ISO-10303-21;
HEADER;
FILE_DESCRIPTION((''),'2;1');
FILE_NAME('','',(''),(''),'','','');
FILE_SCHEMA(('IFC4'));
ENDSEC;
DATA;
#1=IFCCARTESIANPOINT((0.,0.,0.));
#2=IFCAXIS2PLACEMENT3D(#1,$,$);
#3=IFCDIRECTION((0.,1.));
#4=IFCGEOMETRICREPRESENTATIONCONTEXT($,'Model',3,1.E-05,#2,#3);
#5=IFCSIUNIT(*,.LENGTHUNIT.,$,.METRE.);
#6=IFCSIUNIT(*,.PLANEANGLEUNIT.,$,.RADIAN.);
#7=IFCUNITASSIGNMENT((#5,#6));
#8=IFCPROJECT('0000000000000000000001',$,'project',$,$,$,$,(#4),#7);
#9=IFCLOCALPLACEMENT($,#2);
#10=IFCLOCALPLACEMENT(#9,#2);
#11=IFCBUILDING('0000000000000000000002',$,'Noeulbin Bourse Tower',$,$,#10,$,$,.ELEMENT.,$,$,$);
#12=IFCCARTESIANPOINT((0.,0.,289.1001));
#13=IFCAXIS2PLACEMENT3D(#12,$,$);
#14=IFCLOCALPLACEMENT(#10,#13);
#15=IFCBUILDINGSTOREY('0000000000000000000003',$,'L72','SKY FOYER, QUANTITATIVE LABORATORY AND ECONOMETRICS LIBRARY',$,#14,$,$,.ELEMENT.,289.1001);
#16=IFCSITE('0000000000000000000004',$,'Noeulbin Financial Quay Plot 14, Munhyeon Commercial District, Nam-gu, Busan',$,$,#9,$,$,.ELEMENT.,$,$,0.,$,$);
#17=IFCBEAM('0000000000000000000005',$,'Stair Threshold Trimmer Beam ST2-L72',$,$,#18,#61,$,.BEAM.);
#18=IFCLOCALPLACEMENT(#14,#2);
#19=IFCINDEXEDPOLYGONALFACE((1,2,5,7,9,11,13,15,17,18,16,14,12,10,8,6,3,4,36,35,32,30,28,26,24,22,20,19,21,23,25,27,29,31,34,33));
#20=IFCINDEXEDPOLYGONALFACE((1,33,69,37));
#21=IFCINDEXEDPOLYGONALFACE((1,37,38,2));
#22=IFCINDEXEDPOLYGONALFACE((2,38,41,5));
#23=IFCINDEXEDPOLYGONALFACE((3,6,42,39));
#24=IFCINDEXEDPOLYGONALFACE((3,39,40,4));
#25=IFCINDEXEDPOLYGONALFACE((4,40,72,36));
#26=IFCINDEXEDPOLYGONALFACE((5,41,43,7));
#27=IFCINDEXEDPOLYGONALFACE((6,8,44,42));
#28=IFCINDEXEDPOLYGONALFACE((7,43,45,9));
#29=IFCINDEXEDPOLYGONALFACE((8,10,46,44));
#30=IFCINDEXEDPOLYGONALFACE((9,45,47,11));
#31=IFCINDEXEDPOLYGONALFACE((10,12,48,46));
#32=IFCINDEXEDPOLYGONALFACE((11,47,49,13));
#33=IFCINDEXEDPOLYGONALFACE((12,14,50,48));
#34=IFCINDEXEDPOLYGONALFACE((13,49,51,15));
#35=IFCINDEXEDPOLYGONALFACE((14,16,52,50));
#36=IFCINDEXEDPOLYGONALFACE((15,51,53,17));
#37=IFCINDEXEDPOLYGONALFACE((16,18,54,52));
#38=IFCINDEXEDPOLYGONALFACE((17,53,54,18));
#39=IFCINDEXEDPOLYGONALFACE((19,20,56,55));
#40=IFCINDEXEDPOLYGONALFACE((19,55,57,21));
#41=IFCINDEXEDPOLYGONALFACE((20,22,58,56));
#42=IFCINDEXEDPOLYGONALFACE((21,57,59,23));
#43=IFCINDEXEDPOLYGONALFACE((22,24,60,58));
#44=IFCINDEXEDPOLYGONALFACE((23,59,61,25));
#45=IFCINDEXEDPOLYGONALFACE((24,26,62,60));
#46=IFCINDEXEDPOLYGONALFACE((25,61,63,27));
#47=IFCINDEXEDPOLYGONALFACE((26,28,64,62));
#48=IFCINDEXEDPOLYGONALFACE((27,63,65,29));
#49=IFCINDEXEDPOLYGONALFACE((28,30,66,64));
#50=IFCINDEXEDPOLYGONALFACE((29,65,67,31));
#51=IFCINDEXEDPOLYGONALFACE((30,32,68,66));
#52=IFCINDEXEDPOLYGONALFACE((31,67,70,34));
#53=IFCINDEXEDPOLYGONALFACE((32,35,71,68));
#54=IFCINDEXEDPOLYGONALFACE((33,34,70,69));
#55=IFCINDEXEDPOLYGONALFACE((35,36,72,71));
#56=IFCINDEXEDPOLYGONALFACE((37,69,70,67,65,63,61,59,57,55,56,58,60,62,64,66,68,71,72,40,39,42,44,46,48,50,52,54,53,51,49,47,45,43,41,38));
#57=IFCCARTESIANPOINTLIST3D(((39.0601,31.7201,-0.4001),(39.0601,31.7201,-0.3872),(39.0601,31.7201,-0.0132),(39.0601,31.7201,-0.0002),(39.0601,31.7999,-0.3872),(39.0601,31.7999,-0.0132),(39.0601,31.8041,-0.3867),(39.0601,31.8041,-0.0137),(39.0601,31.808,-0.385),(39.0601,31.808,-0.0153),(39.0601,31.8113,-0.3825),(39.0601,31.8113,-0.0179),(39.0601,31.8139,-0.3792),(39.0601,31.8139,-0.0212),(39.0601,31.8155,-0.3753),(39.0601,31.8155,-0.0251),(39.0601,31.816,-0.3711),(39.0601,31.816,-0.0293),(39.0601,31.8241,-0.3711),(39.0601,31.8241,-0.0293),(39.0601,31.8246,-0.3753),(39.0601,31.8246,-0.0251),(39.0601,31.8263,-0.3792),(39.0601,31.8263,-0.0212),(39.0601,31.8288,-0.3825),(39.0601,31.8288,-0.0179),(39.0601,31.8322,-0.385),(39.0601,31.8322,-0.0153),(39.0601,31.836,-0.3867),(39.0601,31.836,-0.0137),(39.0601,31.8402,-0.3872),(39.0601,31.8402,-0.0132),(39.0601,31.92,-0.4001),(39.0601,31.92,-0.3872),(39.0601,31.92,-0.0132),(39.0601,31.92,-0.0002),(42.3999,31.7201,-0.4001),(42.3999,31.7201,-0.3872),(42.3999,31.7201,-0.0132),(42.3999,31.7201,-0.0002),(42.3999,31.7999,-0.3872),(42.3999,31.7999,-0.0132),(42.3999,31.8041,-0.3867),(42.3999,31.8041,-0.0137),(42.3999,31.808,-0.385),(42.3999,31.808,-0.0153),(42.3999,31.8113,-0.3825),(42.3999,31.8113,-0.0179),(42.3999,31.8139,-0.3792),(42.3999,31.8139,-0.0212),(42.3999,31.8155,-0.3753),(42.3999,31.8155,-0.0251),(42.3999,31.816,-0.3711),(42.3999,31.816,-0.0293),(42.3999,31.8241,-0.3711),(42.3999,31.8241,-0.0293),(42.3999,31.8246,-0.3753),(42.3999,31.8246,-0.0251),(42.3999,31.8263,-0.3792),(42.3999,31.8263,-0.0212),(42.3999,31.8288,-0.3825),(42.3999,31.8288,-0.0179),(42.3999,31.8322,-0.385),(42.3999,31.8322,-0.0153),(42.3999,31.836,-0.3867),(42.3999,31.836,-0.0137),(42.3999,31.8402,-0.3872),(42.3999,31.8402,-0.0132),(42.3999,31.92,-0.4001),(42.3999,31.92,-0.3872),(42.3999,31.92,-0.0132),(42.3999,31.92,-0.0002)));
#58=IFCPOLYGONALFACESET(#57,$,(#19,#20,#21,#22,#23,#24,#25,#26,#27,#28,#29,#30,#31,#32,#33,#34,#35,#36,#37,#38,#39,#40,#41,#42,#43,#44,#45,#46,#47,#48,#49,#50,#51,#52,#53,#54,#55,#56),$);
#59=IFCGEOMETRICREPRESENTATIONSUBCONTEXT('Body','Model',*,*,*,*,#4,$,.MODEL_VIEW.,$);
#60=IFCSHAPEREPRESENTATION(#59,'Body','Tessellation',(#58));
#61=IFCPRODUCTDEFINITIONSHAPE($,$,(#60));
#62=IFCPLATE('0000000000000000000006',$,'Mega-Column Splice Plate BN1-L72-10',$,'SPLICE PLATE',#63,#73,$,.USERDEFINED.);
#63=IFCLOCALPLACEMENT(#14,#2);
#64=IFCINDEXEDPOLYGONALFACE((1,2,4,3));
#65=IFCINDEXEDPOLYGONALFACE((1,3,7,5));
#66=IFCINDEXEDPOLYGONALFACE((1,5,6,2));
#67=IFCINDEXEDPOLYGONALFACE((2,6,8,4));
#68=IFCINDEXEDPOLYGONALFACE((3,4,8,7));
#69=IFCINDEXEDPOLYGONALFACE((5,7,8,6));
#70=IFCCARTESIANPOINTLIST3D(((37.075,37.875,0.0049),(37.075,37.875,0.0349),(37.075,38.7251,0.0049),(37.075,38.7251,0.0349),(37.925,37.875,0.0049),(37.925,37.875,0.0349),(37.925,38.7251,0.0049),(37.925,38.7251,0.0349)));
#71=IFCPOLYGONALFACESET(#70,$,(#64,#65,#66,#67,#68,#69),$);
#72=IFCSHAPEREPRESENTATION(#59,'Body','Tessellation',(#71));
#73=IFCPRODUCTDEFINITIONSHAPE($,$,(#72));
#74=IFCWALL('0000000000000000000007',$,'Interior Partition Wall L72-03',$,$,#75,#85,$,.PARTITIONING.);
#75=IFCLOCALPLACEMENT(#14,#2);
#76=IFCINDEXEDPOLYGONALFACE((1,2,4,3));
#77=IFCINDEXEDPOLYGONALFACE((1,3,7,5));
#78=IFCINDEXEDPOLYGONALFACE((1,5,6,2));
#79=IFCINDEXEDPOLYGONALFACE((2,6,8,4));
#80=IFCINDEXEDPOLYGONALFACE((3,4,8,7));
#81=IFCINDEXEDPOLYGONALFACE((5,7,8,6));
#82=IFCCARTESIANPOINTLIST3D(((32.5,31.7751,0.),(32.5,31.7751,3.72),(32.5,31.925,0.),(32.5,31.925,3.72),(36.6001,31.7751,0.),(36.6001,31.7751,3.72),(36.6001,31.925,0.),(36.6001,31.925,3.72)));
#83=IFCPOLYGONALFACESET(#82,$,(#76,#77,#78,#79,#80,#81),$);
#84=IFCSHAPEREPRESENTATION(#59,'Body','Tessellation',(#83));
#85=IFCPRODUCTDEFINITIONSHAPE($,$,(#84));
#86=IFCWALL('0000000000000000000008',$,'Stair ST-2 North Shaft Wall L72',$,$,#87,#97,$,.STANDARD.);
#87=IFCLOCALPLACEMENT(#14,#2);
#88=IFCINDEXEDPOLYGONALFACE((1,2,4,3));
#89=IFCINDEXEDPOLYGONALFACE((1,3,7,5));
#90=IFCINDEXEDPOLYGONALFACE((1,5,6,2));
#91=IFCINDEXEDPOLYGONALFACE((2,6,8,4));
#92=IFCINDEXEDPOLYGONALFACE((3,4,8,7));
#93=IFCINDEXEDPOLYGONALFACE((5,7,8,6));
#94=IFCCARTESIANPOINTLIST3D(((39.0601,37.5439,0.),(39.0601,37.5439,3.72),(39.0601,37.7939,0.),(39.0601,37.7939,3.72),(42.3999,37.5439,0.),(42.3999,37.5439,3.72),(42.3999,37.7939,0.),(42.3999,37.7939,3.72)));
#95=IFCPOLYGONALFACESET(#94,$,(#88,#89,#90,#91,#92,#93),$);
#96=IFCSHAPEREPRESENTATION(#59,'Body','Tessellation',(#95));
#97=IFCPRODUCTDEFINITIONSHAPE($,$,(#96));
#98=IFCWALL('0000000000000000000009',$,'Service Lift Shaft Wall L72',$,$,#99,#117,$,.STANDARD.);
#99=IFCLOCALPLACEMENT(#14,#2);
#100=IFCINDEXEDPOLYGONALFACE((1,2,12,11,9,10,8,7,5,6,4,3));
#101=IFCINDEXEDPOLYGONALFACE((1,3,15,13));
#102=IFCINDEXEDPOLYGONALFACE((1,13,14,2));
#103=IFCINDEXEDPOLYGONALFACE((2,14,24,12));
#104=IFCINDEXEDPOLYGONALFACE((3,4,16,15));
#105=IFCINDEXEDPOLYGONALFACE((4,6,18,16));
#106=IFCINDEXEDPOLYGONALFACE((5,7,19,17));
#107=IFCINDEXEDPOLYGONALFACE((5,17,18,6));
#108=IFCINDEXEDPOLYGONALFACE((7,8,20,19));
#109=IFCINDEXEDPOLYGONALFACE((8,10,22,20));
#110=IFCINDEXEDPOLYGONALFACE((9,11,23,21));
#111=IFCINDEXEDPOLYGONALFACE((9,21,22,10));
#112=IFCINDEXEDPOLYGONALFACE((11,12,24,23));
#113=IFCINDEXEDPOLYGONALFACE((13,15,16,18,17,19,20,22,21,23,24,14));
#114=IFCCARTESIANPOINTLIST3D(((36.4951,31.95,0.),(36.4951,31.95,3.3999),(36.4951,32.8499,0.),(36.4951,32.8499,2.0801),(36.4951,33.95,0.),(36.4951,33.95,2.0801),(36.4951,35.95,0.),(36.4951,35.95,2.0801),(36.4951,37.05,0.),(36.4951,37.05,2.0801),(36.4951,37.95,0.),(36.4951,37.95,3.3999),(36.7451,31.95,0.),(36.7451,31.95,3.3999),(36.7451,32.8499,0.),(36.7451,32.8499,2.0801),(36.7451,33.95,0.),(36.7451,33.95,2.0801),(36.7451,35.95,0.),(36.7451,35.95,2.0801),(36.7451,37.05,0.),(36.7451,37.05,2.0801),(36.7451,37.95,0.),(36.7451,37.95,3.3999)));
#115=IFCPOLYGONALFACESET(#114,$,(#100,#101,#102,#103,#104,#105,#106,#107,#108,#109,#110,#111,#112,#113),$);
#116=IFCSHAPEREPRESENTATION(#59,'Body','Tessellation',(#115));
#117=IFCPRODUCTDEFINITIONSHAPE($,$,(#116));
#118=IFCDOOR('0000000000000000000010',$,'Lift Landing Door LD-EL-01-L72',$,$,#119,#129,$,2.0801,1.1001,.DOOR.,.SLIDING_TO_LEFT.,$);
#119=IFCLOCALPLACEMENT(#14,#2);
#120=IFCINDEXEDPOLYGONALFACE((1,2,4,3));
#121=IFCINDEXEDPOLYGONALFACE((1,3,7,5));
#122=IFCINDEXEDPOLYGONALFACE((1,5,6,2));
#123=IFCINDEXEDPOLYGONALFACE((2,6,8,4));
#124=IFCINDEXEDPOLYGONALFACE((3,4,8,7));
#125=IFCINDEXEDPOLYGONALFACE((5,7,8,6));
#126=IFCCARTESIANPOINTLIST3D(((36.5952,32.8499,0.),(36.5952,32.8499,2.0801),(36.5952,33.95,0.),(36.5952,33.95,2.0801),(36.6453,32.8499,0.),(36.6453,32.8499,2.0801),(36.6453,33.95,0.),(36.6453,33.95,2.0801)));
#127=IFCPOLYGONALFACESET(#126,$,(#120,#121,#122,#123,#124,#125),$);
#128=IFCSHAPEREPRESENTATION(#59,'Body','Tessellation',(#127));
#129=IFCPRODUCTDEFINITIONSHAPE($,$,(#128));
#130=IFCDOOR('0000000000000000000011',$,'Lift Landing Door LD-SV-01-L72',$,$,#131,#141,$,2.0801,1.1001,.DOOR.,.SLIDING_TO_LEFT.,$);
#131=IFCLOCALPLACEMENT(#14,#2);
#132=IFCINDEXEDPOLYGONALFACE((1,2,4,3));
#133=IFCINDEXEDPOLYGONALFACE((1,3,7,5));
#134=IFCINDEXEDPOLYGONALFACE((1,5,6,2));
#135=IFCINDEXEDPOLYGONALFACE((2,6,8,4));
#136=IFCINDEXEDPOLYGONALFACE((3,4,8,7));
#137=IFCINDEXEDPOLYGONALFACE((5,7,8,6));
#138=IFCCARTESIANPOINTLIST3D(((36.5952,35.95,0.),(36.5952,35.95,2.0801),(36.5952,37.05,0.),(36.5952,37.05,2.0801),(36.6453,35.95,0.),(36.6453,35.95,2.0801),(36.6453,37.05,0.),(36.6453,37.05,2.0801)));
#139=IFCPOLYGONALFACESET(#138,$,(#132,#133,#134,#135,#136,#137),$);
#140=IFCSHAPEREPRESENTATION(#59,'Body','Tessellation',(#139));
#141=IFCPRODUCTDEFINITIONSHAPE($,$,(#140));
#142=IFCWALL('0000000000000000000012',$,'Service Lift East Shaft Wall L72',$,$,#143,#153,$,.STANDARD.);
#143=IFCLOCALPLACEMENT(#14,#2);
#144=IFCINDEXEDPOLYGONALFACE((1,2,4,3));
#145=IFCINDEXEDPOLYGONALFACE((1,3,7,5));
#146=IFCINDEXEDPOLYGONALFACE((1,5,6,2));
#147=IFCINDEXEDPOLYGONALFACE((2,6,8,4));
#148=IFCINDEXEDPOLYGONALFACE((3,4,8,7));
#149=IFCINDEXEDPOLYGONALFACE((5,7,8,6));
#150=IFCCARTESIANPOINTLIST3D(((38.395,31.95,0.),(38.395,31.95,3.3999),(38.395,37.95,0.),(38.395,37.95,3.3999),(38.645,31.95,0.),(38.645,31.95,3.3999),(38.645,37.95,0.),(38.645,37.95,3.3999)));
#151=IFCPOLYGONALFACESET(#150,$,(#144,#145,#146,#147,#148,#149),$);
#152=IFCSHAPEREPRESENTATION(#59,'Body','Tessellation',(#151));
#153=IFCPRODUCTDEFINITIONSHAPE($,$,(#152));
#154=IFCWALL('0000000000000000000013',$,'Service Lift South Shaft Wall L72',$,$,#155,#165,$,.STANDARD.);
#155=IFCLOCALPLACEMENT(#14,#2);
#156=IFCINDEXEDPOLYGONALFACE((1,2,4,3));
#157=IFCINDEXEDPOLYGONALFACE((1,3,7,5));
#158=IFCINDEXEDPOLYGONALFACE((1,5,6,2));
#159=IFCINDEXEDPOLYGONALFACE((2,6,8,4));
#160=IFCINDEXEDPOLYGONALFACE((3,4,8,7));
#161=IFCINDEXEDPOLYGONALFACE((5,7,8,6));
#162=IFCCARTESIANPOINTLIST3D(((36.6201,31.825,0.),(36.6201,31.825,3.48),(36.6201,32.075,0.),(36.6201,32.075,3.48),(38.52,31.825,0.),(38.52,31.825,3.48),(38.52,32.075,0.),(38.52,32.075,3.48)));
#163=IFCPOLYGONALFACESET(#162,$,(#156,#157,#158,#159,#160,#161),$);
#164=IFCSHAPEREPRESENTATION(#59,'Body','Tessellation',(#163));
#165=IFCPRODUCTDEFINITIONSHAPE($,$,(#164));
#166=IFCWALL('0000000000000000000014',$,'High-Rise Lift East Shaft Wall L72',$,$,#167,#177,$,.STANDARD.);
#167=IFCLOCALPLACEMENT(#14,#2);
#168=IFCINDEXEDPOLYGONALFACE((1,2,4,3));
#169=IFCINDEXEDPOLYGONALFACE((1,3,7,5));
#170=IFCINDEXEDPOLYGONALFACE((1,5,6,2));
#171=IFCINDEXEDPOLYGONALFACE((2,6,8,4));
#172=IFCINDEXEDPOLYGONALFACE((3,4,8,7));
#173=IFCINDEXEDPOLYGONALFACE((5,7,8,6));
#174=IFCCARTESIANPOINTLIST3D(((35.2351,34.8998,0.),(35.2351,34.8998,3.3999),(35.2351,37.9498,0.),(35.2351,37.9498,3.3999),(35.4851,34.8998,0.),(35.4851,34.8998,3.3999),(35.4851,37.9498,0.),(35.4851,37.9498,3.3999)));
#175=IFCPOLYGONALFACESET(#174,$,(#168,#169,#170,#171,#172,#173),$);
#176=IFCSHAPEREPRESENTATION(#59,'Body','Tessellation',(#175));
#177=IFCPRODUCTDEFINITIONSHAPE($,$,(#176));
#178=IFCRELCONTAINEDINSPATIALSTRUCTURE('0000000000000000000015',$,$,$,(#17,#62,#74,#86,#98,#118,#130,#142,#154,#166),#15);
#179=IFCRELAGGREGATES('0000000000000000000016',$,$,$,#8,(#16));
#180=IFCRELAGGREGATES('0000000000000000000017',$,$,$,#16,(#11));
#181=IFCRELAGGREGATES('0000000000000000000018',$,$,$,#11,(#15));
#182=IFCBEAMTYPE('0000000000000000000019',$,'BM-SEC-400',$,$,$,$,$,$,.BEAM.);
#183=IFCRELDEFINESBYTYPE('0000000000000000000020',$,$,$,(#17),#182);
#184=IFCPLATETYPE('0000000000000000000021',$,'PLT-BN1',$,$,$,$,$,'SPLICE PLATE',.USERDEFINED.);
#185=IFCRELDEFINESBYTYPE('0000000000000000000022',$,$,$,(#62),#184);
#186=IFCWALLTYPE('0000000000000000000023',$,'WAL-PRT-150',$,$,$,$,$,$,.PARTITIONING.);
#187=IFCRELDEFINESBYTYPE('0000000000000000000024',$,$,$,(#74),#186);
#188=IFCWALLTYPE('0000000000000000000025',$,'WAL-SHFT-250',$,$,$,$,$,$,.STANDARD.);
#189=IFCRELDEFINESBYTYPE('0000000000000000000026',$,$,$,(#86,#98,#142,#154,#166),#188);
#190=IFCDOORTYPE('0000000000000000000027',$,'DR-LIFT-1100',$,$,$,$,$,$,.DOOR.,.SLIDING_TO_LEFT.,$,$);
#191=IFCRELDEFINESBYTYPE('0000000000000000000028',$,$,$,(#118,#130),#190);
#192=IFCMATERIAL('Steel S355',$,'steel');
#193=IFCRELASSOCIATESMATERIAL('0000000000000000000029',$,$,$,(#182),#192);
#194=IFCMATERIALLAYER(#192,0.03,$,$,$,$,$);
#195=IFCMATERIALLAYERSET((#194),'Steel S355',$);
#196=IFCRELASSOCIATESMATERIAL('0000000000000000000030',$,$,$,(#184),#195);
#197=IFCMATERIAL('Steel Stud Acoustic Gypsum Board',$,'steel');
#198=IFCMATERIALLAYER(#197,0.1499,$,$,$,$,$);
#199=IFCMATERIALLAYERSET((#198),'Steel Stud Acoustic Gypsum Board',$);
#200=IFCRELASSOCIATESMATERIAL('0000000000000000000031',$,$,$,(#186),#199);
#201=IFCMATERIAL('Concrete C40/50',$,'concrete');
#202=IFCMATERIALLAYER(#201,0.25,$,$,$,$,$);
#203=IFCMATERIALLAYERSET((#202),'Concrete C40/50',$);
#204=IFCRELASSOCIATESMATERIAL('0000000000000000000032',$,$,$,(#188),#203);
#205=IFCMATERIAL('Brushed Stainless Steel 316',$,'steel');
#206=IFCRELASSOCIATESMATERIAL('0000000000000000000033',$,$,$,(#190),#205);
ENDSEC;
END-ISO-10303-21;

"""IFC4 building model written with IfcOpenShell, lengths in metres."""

from ifc_helpers import new_model, si_unit, direction, frame, frame_2d, origin, origin_2d, place, context, subcontext, project, spatial, rectangle, i_section, extrude, material, layer, layer_set, material_profile, profile_set, type_object, element, fill, save


model = new_model("IFC4")

# Units and contexts
model_context = context("Model", 3, precision=1e-05, world=origin(), true_north=direction((0.0, 1.0)))
body_context = subcontext(model_context, "Body", "Model", "MODEL_VIEW")
ifc_project = project(units=[si_unit("LENGTHUNIT", "METRE"), si_unit("PLANEANGLEUNIT", "RADIAN")], contexts=[model_context])

# Site, building, storey
site_placement = place(None, origin())
site = spatial("IfcSite", under=ifc_project, at=site_placement, Name="Noeulbin Financial Quay Plot 14, Munhyeon Commercial District, Nam-gu, Busan", CompositionType="ELEMENT", RefElevation=0.0)
building_placement = place(site_placement, origin())
building = spatial("IfcBuilding", under=site, at=building_placement, Name="Noeulbin Bourse Tower", CompositionType="ELEMENT")
storey_placement = place(building_placement, frame((0.0, 0.0, 289.1001)))
storey = spatial("IfcBuildingStorey", under=building, at=storey_placement, Name="L72", Description="SKY FOYER, QUANTITATIVE LABORATORY AND ECONOMETRICS LIBRARY", CompositionType="ELEMENT", Elevation=289.1001)

# Shared definitions
ifc_material_1 = material(Name="Steel S355", Category="steel")

# Beam
ifc_material_profile_1 = material_profile(ifc_material_1, i_section(OverallWidth=0.2, OverallDepth=0.3999, WebThickness=0.0081, FlangeThickness=0.0129, FilletRadius=0.0161, at=origin_2d()), Name="H-400x200x8x13", Category="LoadBearing")
ifc_profile_set_1 = profile_set([ifc_material_profile_1], Name="Steel S355")
beam_type_1 = type_object("IfcBeamType", Name="BM-SEC-400", PredefinedType="BEAM", material=ifc_profile_set_1)
beam_1_placement = place(storey_placement, frame((39.0601, 31.8201, -0.2002), z_axis=(1.0, 0.0, 0.0), x_axis=(0.0, 1.0, 0.0)))
element("IfcBeam", 1, at=beam_1_placement, inside=storey, type_object=beam_type_1, Name="Stair Threshold Trimmer Beam ST2-L72", PredefinedType="BEAM", context=body_context, shape_type="SweptSolid", body=[
    extrude(i_section(OverallWidth=0.2, OverallDepth=0.3999, WebThickness=0.0081, FlangeThickness=0.0129, FilletRadius=0.0161, at=origin_2d()), origin(), (0.0, 0.0, 1.0), 3.3398),
])

# Plate
ifc_layer_1 = layer(ifc_material_1, 0.03)
ifc_layer_set_1 = layer_set([ifc_layer_1], Name="Steel S355")
plate_type = type_object("IfcPlateType", Name="PLT-BN1", ElementType="SPLICE PLATE", PredefinedType="USERDEFINED", material=ifc_layer_set_1)
plate_placement = place(storey_placement, frame((37.5, 38.3, 0.0049), z_axis=(0.0, 0.0, 1.0), x_axis=(1.0, 0.0, 0.0)))
element("IfcPlate", 2, at=plate_placement, inside=storey, type_object=plate_type, Name="Mega-Column Splice Plate BN1-L72-10", ObjectType="SPLICE PLATE", PredefinedType="USERDEFINED", context=body_context, shape_type="SweptSolid", body=[
    extrude(rectangle(XDim=0.8501, YDim=0.8501, at=origin_2d()), origin(), (0.0, 0.0, 1.0), 0.03),
])

# Walls
ifc_material_2 = material(Name="Steel Stud Acoustic Gypsum Board", Category="steel")
ifc_layer_2 = layer(ifc_material_2, 0.1499)
ifc_layer_set_2 = layer_set([ifc_layer_2], Name="Steel Stud Acoustic Gypsum Board")
wall_type_1 = type_object("IfcWallType", Name="WAL-PRT-150", PredefinedType="PARTITIONING", material=ifc_layer_set_2)
wall_1_placement = place(storey_placement, frame((32.5, 31.8501, 0.0), z_axis=(0.0, 0.0, 1.0), x_axis=(1.0, 0.0, 0.0)))
element("IfcWall", 3, at=wall_1_placement, inside=storey, type_object=wall_type_1, Name="Interior Partition Wall L72-03", PredefinedType="PARTITIONING", context=body_context, shape_type="SweptSolid", body=[
    extrude(rectangle(XDim=4.1001, YDim=0.1499, at=frame_2d((2.05, 0.0))), origin(), (0.0, 0.0, 1.0), 3.72),
])
ifc_material_3 = material(Name="Concrete C40/50", Category="concrete")
ifc_layer_3 = layer(ifc_material_3, 0.25)
ifc_layer_set_3 = layer_set([ifc_layer_3], Name="Concrete C40/50")
wall_type_2 = type_object("IfcWallType", Name="WAL-SHFT-250", PredefinedType="STANDARD", material=ifc_layer_set_3)
wall_2_placement = place(storey_placement, frame((39.0601, 37.6689, 0.0), z_axis=(0.0, 0.0, 1.0), x_axis=(1.0, 0.0, 0.0)))
element("IfcWall", 4, at=wall_2_placement, inside=storey, type_object=wall_type_2, Name="Stair ST-2 North Shaft Wall L72", PredefinedType="STANDARD", context=body_context, shape_type="SweptSolid", body=[
    extrude(rectangle(XDim=3.3398, YDim=0.25, at=frame_2d((1.6699, 0.0))), origin(), (0.0, 0.0, 1.0), 3.72),
])

# Wall, openings, doors
wall_3_placement = place(storey_placement, frame((36.6201, 31.95, 0.0), z_axis=(0.0, 0.0, 1.0), x_axis=(0.0, 1.0, 0.0)))
wall_3 = element("IfcWall", 5, at=wall_3_placement, inside=storey, type_object=wall_type_2, Name="Service Lift Shaft Wall L72", PredefinedType="STANDARD", context=body_context, shape_type="SweptSolid", body=[
    extrude(rectangle(XDim=6.0, YDim=0.25, at=frame_2d((3.0, 0.0))), origin(), (0.0, 0.0, 1.0), 3.3999),
])
opening_1_placement = place(wall_3_placement, frame((0.8999, 0.0, 0.0)))
opening_1 = element("IfcOpeningElement", 6, at=opening_1_placement, cuts=wall_3, PredefinedType="OPENING", context=body_context, shape_type="SweptSolid", body=[
    extrude(rectangle(XDim=1.1001, YDim=2.0801, at=frame_2d((0.55, 1.04))), frame((0.0, 0.135, 0.0), z_axis=(0.0, -1.0, 0.0), x_axis=(1.0, 0.0, 0.0)), (0.0, 0.0, 1.0), 0.27),
])
opening_2_placement = place(wall_3_placement, frame((4.0, 0.0, 0.0)))
opening_2 = element("IfcOpeningElement", 7, at=opening_2_placement, cuts=wall_3, PredefinedType="OPENING", context=body_context, shape_type="SweptSolid", body=[
    extrude(rectangle(XDim=1.1001, YDim=2.0801, at=frame_2d((0.55, 1.04))), frame((0.0, 0.135, 0.0), z_axis=(0.0, -1.0, 0.0), x_axis=(1.0, 0.0, 0.0)), (0.0, 0.0, 1.0), 0.27),
])
ifc_material_4 = material(Name="Brushed Stainless Steel 316", Category="steel")
door_type_1 = type_object("IfcDoorType", Name="DR-LIFT-1100", OperationType="SLIDING_TO_LEFT", PredefinedType="DOOR", material=ifc_material_4)
door_1_placement = place(opening_1_placement, origin())
door_1 = element("IfcDoor", 8, at=door_1_placement, inside=storey, type_object=door_type_1, Name="Lift Landing Door LD-EL-01-L72", OperationType="SLIDING_TO_LEFT", OverallHeight=2.0801, OverallWidth=1.1001, PredefinedType="DOOR", context=body_context, shape_type="SweptSolid", body=[
    extrude(rectangle(XDim=1.1001, YDim=2.0801, at=frame_2d((0.55, 1.04))), frame((0.0, 0.0249, 0.0), z_axis=(0.0, -1.0, 0.0), x_axis=(1.0, 0.0, 0.0)), (0.0, 0.0, 1.0), 0.05),
])
fill(opening_1, door_1)
door_2_placement = place(opening_2_placement, origin())
door_2 = element("IfcDoor", 9, at=door_2_placement, inside=storey, type_object=door_type_1, Name="Lift Landing Door LD-SV-01-L72", OperationType="SLIDING_TO_LEFT", OverallHeight=2.0801, OverallWidth=1.1001, PredefinedType="DOOR", context=body_context, shape_type="SweptSolid", body=[
    extrude(rectangle(XDim=1.1001, YDim=2.0801, at=frame_2d((0.55, 1.04))), frame((0.0, 0.0249, 0.0), z_axis=(0.0, -1.0, 0.0), x_axis=(1.0, 0.0, 0.0)), (0.0, 0.0, 1.0), 0.05),
])
fill(opening_2, door_2)

# Walls
wall_4_placement = place(storey_placement, frame((38.52, 31.95, 0.0), z_axis=(0.0, 0.0, 1.0), x_axis=(0.0, 1.0, 0.0)))
element("IfcWall", 10, at=wall_4_placement, inside=storey, type_object=wall_type_2, Name="Service Lift East Shaft Wall L72", PredefinedType="STANDARD", context=body_context, shape_type="SweptSolid", body=[
    extrude(rectangle(XDim=6.0, YDim=0.25, at=frame_2d((3.0, 0.0))), origin(), (0.0, 0.0, 1.0), 3.3999),
])
wall_5_placement = place(storey_placement, frame((36.6201, 31.95, 0.0), z_axis=(0.0, 0.0, 1.0), x_axis=(1.0, 0.0, 0.0)))
element("IfcWall", 11, at=wall_5_placement, inside=storey, type_object=wall_type_2, Name="Service Lift South Shaft Wall L72", PredefinedType="STANDARD", context=body_context, shape_type="SweptSolid", body=[
    extrude(rectangle(XDim=1.8999, YDim=0.25, at=frame_2d((0.95, 0.0))), origin(), (0.0, 0.0, 1.0), 3.48),
])
wall_6_placement = place(storey_placement, frame((35.3601, 34.8999, 0.0), z_axis=(0.0, 0.0, 1.0), x_axis=(0.0, 1.0, 0.0)))
element("IfcWall", 12, at=wall_6_placement, inside=storey, type_object=wall_type_2, Name="High-Rise Lift East Shaft Wall L72", PredefinedType="STANDARD", context=body_context, shape_type="SweptSolid", body=[
    extrude(rectangle(XDim=3.05, YDim=0.25, at=frame_2d((1.5249, 0.0))), origin(), (0.0, 0.0, 1.0), 3.3999),
])

save(model, "model.ifc")
